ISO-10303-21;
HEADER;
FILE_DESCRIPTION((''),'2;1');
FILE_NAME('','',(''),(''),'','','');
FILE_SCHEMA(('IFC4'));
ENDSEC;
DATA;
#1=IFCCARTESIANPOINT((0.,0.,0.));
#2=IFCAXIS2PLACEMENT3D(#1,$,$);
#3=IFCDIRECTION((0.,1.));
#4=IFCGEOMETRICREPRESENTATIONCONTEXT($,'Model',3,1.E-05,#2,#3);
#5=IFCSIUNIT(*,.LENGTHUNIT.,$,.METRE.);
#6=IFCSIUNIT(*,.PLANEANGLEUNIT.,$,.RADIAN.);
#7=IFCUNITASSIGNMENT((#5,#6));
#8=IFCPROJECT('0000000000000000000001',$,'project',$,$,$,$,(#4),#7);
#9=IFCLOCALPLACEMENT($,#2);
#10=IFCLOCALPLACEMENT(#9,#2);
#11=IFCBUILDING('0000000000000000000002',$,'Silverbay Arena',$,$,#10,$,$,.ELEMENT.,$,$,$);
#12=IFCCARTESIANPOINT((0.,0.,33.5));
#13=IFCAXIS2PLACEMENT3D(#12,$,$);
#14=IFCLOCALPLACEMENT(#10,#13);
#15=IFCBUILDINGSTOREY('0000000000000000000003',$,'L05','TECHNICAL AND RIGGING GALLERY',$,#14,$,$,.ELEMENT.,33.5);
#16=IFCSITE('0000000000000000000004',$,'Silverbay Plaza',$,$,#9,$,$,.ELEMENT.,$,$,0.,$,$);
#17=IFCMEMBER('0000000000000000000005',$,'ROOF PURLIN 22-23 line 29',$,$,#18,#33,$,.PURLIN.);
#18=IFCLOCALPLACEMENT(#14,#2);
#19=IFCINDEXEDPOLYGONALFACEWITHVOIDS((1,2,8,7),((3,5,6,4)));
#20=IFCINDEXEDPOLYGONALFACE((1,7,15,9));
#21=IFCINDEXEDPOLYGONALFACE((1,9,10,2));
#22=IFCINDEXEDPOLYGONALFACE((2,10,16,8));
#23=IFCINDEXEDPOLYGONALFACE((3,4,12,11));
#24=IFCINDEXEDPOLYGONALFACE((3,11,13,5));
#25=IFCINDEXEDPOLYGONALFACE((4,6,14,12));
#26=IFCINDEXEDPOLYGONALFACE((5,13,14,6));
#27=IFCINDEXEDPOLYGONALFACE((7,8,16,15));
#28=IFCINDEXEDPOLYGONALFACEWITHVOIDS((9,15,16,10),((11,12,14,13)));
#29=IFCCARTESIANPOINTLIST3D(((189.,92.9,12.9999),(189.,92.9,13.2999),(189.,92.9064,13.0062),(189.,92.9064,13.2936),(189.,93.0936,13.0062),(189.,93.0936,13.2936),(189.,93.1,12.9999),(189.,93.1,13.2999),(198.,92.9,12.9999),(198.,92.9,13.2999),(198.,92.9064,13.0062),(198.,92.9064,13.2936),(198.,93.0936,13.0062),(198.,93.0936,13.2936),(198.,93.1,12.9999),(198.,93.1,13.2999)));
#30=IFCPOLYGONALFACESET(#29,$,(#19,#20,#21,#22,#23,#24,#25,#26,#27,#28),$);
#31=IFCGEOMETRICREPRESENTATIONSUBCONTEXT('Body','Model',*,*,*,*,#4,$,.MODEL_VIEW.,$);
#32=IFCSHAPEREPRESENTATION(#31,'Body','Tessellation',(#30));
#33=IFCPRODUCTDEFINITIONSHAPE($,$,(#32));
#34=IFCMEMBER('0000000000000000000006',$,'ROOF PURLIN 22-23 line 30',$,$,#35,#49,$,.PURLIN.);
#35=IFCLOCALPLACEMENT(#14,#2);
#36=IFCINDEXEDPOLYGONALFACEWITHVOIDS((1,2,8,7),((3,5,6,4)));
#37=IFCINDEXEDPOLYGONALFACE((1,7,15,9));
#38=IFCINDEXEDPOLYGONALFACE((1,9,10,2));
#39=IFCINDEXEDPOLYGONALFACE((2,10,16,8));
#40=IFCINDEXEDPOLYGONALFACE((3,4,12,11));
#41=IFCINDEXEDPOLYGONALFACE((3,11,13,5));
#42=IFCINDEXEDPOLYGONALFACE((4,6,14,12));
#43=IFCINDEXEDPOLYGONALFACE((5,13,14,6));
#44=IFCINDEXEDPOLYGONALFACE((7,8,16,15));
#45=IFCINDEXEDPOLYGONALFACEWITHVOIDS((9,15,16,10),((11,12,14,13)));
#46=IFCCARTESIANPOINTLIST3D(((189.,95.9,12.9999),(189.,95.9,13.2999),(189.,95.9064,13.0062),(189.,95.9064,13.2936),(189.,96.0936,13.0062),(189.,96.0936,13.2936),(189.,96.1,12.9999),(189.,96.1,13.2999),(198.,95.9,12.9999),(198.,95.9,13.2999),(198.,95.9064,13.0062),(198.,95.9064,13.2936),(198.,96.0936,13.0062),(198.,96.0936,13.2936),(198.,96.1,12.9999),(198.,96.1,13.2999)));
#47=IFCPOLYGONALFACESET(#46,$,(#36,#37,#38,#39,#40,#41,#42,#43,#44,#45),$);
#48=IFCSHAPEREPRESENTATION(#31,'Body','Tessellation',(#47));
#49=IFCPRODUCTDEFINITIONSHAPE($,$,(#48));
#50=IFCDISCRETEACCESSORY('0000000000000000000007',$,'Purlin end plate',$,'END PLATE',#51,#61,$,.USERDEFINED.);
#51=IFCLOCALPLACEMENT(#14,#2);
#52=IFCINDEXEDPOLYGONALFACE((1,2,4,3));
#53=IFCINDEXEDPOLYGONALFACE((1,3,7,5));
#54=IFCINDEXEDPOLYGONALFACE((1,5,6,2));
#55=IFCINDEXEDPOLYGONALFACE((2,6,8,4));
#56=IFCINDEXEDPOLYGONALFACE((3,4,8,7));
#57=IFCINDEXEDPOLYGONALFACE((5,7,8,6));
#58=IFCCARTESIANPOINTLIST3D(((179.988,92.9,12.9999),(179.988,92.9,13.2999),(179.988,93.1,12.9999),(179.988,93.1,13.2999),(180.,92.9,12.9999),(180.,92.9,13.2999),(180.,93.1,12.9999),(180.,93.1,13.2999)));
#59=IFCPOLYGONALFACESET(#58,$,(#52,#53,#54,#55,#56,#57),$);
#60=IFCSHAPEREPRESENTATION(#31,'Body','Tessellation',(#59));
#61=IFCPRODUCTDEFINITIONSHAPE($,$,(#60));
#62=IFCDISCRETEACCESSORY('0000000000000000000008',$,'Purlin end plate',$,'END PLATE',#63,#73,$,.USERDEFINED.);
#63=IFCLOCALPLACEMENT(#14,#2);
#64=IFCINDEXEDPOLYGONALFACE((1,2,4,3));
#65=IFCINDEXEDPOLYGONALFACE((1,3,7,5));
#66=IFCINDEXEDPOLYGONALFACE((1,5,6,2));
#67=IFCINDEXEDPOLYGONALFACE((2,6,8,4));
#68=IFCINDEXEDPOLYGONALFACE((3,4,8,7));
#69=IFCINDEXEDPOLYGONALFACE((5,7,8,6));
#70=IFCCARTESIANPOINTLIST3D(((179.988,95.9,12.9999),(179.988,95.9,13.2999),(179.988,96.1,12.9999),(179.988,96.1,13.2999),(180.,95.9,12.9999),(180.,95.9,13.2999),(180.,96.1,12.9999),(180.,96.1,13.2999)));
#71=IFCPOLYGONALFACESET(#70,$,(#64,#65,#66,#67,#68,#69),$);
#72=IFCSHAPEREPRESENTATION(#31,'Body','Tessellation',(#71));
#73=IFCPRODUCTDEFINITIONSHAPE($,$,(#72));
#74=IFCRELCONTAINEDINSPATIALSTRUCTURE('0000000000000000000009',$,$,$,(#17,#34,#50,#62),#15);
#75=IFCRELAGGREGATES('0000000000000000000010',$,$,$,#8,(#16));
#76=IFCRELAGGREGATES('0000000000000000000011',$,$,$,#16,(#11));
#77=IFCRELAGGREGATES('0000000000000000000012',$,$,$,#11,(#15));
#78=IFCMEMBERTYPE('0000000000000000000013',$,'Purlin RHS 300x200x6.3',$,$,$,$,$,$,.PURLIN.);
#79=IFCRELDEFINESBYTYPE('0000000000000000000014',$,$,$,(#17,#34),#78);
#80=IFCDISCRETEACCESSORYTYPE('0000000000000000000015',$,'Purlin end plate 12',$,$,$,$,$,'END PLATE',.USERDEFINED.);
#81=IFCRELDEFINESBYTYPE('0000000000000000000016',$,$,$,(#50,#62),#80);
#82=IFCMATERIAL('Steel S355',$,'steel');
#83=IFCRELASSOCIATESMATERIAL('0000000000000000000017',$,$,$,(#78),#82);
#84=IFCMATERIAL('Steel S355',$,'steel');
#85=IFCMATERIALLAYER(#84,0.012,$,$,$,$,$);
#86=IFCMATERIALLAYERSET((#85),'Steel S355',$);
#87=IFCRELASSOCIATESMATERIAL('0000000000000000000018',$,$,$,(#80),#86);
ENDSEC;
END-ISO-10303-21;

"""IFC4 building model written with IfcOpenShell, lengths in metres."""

from ifc_helpers import new_model, si_unit, direction, frame, origin, origin_2d, place, context, subcontext, project, spatial, rectangle, hollow_rectangle, extrude, material, layer, layer_set, material_profile, profile_set, type_object, element, save


model = new_model("IFC4")

# Units and contexts
model_context = context("Model", 3, precision=1e-05, world=origin(), true_north=direction((0.0, 1.0)))
body_context = subcontext(model_context, "Body", "Model", "MODEL_VIEW")
ifc_project = project(units=[si_unit("LENGTHUNIT", "METRE"), si_unit("PLANEANGLEUNIT", "RADIAN")], contexts=[model_context])

# Site, building, storey
site_placement = place(None, origin())
site = spatial("IfcSite", under=ifc_project, at=site_placement, Name="Silverbay Plaza", CompositionType="ELEMENT", RefElevation=0.0)
building_placement = place(site_placement, origin())
building = spatial("IfcBuilding", under=site, at=building_placement, Name="Silverbay Arena", CompositionType="ELEMENT")
storey_placement = place(building_placement, frame((0.0, 0.0, 33.5)))
storey = spatial("IfcBuildingStorey", under=building, at=storey_placement, Name="L05", Description="TECHNICAL AND RIGGING GALLERY", CompositionType="ELEMENT", Elevation=33.5)

# Members
ifc_material_1 = material(Name="Steel S355", Category="steel")
ifc_material_profile_1 = material_profile(ifc_material_1, hollow_rectangle(XDim=0.2, YDim=0.3, WallThickness=0.0063, at=origin_2d()), Name="RHS 300x200x6.3")
ifc_profile_set_1 = profile_set([ifc_material_profile_1], Name="Steel S355")
member_type_1 = type_object("IfcMemberType", Name="Purlin RHS 300x200x6.3", PredefinedType="PURLIN", material=ifc_profile_set_1)
for number, where, z_axis, x_axis, name in (
    (1, (189.0, 93.0, 13.1499), (1.0, 0.0, 0.0), (0.0, 1.0, 0.0), "ROOF PURLIN 22-23 line 29"),
    (2, (189.0, 96.0, 13.1499), (1.0, 0.0, 0.0), (0.0, 1.0, 0.0), "ROOF PURLIN 22-23 line 30"),
):
    element("IfcMember", number, at=place(storey_placement, frame(where, z_axis=z_axis, x_axis=x_axis)), inside=storey, type_object=member_type_1, Name=name, PredefinedType="PURLIN", context=body_context, shape_type="SweptSolid", body=[
        extrude(hollow_rectangle(XDim=0.2, YDim=0.3, WallThickness=0.0063, at=origin_2d()), origin(), (0.0, 0.0, 1.0), 9.0),
    ])

# Discrete accessories
ifc_material_2 = material(Name="Steel S355", Category="steel")
ifc_layer = layer(ifc_material_2, 0.012)
ifc_layer_set = layer_set([ifc_layer], Name="Steel S355")
discrete_accessory_type = type_object("IfcDiscreteAccessoryType", Name="Purlin end plate 12", ElementType="END PLATE", PredefinedType="USERDEFINED", material=ifc_layer_set)
for number, where, z_axis, x_axis, name in (
    (3, (180.0, 93.0, 13.1499), (-1.0, 0.0, 0.0), (0.0, -1.0, 0.0), "Purlin end plate"),
    (4, (180.0, 96.0, 13.1499), (-1.0, 0.0, 0.0), (0.0, -1.0, 0.0), "Purlin end plate"),
):
    element("IfcDiscreteAccessory", number, at=place(storey_placement, frame(where, z_axis=z_axis, x_axis=x_axis)), inside=storey, type_object=discrete_accessory_type, Name=name, ObjectType="END PLATE", PredefinedType="USERDEFINED", context=body_context, shape_type="SweptSolid", body=[
        extrude(rectangle(XDim=0.2, YDim=0.3, at=origin_2d()), origin(), (0.0, 0.0, 1.0), 0.012),
    ])

save(model, "model.ifc")
